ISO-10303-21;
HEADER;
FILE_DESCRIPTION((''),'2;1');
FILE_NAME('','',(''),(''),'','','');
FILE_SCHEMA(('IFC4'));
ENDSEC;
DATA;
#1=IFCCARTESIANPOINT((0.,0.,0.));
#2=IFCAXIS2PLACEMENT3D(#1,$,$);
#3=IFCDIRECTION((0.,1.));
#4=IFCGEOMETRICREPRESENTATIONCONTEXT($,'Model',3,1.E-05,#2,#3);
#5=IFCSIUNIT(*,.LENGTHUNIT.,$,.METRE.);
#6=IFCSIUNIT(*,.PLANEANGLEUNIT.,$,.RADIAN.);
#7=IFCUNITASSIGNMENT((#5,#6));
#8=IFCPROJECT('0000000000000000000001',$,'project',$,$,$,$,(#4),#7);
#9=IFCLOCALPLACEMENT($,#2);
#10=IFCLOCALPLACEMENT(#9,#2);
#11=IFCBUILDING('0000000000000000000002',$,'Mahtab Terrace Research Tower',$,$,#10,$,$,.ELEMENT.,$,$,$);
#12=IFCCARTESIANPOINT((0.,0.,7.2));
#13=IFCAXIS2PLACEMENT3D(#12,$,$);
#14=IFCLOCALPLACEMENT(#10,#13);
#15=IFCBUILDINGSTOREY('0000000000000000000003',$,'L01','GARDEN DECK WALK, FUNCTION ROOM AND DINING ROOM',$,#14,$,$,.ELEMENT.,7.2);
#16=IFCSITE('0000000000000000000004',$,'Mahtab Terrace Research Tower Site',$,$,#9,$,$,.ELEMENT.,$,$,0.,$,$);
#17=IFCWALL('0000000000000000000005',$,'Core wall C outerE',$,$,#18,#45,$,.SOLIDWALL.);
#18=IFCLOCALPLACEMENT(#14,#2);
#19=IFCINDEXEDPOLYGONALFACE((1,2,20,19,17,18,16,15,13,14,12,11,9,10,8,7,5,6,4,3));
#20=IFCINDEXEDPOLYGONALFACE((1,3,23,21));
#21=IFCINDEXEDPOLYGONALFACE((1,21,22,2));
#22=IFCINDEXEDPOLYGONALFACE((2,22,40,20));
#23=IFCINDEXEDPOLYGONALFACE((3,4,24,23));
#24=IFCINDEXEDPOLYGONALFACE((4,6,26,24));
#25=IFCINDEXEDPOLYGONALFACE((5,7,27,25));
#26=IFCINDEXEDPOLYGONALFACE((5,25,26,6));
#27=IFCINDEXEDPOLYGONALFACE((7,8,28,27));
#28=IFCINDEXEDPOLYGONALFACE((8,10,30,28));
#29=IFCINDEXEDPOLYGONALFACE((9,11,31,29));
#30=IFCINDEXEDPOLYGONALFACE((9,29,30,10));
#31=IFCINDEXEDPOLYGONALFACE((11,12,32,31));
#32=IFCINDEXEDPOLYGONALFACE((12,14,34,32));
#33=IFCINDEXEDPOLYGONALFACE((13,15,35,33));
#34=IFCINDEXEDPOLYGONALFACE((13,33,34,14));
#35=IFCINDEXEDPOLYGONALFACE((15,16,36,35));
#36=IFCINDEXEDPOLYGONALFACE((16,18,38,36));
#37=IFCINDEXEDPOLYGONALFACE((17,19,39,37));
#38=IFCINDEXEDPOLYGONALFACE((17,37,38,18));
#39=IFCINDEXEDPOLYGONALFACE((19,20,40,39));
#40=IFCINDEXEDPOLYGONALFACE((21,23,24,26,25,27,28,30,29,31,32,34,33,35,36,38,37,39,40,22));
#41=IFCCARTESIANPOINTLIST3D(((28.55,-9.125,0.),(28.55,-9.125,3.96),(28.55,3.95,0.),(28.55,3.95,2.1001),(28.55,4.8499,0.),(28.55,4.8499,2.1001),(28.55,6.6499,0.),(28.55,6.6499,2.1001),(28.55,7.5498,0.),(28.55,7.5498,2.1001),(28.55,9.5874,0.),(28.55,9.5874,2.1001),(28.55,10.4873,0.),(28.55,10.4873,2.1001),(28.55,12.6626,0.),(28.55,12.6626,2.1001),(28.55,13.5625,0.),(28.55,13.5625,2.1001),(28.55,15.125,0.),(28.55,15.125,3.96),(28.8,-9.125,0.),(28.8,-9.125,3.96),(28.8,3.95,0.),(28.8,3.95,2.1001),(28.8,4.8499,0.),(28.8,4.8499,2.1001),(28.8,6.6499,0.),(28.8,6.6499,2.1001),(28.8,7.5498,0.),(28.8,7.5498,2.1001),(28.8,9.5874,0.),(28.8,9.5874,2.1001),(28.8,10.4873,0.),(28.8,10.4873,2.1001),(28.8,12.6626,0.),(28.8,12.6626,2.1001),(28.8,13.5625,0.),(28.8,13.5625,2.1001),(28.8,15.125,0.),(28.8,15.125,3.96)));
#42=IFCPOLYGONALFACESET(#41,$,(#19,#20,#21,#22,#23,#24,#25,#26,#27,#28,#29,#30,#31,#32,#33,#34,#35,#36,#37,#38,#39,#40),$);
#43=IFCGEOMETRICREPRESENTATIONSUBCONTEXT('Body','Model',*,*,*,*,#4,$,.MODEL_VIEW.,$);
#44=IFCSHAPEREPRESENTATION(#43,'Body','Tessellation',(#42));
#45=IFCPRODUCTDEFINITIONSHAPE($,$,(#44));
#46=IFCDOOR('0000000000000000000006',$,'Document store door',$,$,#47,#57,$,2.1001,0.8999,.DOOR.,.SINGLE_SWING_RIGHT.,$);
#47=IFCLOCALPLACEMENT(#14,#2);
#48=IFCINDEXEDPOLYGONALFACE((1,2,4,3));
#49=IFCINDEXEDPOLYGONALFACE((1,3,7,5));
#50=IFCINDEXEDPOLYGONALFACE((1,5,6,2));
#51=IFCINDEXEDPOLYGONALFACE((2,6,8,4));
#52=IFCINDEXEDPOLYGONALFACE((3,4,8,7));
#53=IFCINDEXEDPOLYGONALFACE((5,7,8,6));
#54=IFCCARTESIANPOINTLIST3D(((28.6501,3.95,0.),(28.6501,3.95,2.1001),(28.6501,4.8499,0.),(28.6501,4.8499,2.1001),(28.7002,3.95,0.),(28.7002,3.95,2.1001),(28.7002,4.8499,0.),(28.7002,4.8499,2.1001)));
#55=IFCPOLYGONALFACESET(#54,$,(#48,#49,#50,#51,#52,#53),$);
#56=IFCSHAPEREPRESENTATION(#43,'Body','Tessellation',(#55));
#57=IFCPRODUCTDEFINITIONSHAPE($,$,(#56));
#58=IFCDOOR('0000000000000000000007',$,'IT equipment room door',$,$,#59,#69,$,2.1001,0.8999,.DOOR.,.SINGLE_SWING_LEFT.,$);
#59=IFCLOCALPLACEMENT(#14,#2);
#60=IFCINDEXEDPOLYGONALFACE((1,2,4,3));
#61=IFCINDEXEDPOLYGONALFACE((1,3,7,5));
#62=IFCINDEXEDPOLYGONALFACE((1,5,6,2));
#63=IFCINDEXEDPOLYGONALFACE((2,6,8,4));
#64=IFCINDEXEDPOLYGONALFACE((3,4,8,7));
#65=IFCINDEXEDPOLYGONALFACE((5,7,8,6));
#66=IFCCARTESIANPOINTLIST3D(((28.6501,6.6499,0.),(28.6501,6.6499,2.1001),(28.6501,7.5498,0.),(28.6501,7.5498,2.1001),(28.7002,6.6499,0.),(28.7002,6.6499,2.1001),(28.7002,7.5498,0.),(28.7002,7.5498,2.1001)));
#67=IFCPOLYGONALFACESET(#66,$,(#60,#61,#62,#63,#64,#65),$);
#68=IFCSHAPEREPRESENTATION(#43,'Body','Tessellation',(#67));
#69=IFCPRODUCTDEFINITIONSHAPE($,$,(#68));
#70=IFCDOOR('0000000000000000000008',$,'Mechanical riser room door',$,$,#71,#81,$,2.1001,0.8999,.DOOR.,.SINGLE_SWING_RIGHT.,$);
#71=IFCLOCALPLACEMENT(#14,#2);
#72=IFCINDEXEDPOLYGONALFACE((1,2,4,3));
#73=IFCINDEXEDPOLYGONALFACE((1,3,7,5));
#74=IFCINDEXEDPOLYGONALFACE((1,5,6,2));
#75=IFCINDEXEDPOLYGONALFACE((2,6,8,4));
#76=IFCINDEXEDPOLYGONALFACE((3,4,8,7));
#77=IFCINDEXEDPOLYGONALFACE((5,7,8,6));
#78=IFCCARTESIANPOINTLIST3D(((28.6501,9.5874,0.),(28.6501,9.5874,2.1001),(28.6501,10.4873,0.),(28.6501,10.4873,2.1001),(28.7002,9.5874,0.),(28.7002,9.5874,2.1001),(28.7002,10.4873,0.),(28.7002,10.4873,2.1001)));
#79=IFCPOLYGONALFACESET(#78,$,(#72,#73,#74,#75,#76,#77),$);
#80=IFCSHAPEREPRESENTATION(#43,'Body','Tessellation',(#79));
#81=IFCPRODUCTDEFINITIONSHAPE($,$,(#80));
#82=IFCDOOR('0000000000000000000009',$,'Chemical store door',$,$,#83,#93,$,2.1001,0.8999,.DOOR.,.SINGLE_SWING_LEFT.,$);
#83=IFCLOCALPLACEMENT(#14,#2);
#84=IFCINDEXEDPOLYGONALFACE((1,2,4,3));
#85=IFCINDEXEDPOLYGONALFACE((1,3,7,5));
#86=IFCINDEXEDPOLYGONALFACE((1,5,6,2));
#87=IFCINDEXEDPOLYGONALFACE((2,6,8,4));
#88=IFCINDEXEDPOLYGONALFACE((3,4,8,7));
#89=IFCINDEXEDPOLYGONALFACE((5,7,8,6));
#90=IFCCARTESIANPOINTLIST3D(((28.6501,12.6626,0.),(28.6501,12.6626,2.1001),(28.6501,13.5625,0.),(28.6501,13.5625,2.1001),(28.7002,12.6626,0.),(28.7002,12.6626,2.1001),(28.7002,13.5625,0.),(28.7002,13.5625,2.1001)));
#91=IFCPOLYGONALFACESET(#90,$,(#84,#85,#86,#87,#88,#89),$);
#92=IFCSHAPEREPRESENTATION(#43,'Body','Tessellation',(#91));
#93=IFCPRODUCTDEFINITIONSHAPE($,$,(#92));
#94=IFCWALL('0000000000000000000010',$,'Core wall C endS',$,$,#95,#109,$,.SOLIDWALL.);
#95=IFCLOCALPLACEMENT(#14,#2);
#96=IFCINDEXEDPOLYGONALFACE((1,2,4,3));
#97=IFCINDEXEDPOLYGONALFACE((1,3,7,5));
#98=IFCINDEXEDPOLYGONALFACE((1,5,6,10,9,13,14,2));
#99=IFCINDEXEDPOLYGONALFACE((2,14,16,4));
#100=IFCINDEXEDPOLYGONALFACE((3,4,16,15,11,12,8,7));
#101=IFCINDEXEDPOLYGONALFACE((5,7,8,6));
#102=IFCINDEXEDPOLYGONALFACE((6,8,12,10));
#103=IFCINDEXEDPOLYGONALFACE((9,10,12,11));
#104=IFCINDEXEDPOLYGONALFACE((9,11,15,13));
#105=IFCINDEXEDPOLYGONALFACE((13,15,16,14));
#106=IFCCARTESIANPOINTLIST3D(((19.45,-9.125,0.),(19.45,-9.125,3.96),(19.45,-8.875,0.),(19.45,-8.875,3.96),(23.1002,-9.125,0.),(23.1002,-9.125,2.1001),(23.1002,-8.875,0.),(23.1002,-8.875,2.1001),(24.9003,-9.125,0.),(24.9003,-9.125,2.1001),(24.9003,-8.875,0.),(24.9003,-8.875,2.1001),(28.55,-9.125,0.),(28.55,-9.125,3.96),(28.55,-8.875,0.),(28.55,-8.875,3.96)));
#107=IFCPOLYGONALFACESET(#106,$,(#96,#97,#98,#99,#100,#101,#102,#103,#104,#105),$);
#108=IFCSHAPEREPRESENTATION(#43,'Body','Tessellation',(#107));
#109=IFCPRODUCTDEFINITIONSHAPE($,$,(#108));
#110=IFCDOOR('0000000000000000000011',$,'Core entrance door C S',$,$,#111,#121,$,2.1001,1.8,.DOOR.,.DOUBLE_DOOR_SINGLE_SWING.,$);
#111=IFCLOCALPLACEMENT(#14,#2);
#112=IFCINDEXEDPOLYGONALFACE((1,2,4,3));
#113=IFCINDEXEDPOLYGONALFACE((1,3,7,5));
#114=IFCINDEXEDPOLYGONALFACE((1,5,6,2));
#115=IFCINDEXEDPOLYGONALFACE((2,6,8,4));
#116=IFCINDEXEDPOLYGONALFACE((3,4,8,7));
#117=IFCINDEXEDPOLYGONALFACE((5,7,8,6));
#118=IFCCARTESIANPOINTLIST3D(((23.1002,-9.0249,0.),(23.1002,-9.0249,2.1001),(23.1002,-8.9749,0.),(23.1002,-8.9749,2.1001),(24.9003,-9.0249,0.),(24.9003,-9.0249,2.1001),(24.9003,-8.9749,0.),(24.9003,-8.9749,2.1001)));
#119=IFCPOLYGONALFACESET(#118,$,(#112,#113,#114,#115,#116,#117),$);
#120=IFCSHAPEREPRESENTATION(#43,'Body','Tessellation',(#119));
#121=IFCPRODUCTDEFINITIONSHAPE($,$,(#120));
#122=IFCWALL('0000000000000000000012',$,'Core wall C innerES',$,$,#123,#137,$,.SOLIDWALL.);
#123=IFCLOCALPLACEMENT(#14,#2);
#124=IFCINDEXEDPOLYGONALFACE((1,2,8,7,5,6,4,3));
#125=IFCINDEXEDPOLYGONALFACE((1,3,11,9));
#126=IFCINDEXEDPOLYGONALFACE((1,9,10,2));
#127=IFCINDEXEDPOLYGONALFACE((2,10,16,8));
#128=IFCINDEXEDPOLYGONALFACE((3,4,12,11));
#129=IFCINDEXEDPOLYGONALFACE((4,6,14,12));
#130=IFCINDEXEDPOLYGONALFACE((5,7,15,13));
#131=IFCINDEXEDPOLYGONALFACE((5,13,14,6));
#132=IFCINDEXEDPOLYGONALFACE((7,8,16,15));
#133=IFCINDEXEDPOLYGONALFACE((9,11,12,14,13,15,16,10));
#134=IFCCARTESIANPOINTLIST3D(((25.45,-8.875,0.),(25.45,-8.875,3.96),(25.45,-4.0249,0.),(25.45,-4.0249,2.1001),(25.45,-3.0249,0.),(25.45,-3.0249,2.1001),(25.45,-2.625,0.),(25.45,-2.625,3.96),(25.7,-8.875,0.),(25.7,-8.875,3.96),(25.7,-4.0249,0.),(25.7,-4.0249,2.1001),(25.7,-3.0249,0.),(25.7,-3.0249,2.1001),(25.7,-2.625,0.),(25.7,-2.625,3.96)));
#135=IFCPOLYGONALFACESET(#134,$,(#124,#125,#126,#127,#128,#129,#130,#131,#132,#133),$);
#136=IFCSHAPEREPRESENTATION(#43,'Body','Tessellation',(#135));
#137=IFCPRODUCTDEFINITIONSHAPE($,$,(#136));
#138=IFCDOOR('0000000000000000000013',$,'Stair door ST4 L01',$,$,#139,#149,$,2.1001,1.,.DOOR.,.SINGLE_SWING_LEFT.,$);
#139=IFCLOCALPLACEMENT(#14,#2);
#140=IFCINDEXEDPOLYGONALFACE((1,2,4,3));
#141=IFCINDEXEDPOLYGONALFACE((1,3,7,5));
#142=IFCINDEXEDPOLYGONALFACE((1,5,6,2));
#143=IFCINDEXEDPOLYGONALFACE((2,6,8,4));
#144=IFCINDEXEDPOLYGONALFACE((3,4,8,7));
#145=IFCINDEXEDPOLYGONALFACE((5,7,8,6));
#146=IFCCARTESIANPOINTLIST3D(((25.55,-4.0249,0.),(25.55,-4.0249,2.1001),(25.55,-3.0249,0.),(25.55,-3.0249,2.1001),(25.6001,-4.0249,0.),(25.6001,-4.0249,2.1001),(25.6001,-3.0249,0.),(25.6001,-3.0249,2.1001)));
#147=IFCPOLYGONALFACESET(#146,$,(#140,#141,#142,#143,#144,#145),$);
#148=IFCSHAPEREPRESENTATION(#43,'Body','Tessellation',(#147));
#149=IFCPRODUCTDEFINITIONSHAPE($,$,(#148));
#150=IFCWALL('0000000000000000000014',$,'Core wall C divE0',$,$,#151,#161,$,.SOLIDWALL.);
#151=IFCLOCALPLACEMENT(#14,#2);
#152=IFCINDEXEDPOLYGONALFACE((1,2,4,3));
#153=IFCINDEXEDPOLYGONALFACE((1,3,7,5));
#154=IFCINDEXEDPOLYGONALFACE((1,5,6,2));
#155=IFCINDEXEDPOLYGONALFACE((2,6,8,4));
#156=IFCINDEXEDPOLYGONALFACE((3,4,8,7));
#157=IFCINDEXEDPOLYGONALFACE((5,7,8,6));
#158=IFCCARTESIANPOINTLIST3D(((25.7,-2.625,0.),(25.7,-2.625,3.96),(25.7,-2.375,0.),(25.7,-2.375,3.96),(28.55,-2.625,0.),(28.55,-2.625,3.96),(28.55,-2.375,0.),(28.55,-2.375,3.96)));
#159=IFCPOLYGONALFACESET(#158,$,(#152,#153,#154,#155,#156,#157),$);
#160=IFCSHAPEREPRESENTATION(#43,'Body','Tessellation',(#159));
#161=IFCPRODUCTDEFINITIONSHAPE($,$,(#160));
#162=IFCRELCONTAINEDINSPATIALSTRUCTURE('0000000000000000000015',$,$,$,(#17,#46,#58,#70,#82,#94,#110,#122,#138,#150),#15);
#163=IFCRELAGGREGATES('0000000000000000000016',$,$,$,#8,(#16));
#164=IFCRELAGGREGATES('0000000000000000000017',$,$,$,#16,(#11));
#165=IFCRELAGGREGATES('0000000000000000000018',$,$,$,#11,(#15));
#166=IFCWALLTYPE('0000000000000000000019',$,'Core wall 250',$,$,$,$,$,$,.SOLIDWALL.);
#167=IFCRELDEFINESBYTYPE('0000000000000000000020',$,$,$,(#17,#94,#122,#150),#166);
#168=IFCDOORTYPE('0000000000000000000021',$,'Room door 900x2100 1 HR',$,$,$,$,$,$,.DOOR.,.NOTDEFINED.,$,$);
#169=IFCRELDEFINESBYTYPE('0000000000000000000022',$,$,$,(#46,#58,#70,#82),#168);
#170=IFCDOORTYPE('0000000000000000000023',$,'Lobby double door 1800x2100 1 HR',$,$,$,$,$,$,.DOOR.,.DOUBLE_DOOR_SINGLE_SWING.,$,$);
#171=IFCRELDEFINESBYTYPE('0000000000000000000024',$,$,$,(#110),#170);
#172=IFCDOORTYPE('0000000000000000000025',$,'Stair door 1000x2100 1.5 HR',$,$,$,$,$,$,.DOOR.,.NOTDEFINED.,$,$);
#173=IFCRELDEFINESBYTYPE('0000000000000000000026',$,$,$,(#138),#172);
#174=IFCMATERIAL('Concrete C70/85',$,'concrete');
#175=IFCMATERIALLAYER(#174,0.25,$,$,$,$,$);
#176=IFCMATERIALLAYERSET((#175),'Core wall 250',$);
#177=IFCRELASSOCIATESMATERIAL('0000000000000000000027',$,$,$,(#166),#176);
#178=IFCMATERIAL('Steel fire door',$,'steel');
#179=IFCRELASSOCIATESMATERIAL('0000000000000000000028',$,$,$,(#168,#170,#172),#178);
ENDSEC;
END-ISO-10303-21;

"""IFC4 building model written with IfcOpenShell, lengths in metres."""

from ifc_helpers import new_model, si_unit, direction, frame, frame_2d, origin, place, context, subcontext, project, spatial, rectangle, extrude, material, layer, layer_set, type_object, element, fill, save


model = new_model("IFC4")

# Units and contexts
model_context = context("Model", 3, precision=1e-05, world=origin(), true_north=direction((0.0, 1.0)))
body_context = subcontext(model_context, "Body", "Model", "MODEL_VIEW")
ifc_project = project(units=[si_unit("LENGTHUNIT", "METRE"), si_unit("PLANEANGLEUNIT", "RADIAN")], contexts=[model_context])

# Site, building, storey
site_placement = place(None, origin())
site = spatial("IfcSite", under=ifc_project, at=site_placement, Name="Mahtab Terrace Research Tower Site", CompositionType="ELEMENT", RefElevation=0.0)
building_placement = place(site_placement, origin())
building = spatial("IfcBuilding", under=site, at=building_placement, Name="Mahtab Terrace Research Tower", CompositionType="ELEMENT")
storey_placement = place(building_placement, frame((0.0, 0.0, 7.2)))
storey = spatial("IfcBuildingStorey", under=building, at=storey_placement, Name="L01", Description="GARDEN DECK WALK, FUNCTION ROOM AND DINING ROOM", CompositionType="ELEMENT", Elevation=7.2)

# Wall, openings, doors
ifc_material_1 = material(Name="Concrete C70/85", Category="concrete")
ifc_layer_1 = layer(ifc_material_1, 0.25)
ifc_layer_set_1 = layer_set([ifc_layer_1], Name="Core wall 250")
wall_type_1 = type_object("IfcWallType", Name="Core wall 250", PredefinedType="SOLIDWALL", material=ifc_layer_set_1)
wall_1_placement = place(storey_placement, frame((28.675, -9.125, 0.0), z_axis=(0.0, 0.0, 1.0), x_axis=(0.0, 1.0, 0.0)))
wall_1 = element("IfcWall", 1, at=wall_1_placement, inside=storey, type_object=wall_type_1, Name="Core wall C outerE", PredefinedType="SOLIDWALL", context=body_context, shape_type="SweptSolid", body=[
    extrude(rectangle(XDim=24.25, YDim=0.25, at=frame_2d((12.125, 0.0))), origin(), (0.0, 0.0, 1.0), 3.96),
])
opening_1_placement = place(wall_1_placement, frame((13.075, 0.0, 0.0)))
opening_1 = element("IfcOpeningElement", 2, at=opening_1_placement, cuts=wall_1, PredefinedType="OPENING", context=body_context, shape_type="SweptSolid", body=[
    extrude(rectangle(XDim=0.8999, YDim=2.1001, at=frame_2d((0.45, 1.05))), frame((0.0, 0.135, 0.0), z_axis=(0.0, -1.0, 0.0), x_axis=(1.0, 0.0, 0.0)), (0.0, 0.0, 1.0), 0.27),
])
opening_2_placement = place(wall_1_placement, frame((15.7749, 0.0, 0.0)))
opening_2 = element("IfcOpeningElement", 3, at=opening_2_placement, cuts=wall_1, PredefinedType="OPENING", context=body_context, shape_type="SweptSolid", body=[
    extrude(rectangle(XDim=0.8999, YDim=2.1001, at=frame_2d((0.45, 1.05))), frame((0.0, 0.135, 0.0), z_axis=(0.0, -1.0, 0.0), x_axis=(1.0, 0.0, 0.0)), (0.0, 0.0, 1.0), 0.27),
])
opening_3_placement = place(wall_1_placement, frame((18.7124, 0.0, 0.0)))
opening_3 = element("IfcOpeningElement", 4, at=opening_3_placement, cuts=wall_1, PredefinedType="OPENING", context=body_context, shape_type="SweptSolid", body=[
    extrude(rectangle(XDim=0.8999, YDim=2.1001, at=frame_2d((0.45, 1.05))), frame((0.0, 0.135, 0.0), z_axis=(0.0, -1.0, 0.0), x_axis=(1.0, 0.0, 0.0)), (0.0, 0.0, 1.0), 0.27),
])
opening_4_placement = place(wall_1_placement, frame((21.7876, 0.0, 0.0)))
opening_4 = element("IfcOpeningElement", 5, at=opening_4_placement, cuts=wall_1, PredefinedType="OPENING", context=body_context, shape_type="SweptSolid", body=[
    extrude(rectangle(XDim=0.8999, YDim=2.1001, at=frame_2d((0.45, 1.05))), frame((0.0, 0.135, 0.0), z_axis=(0.0, -1.0, 0.0), x_axis=(1.0, 0.0, 0.0)), (0.0, 0.0, 1.0), 0.27),
])
ifc_material_2 = material(Name="Steel fire door", Category="steel")
door_type_1 = type_object("IfcDoorType", Name="Room door 900x2100 1 HR", OperationType="NOTDEFINED", PredefinedType="DOOR", material=ifc_material_2)
door_1_placement = place(opening_1_placement, origin())
door_1 = element("IfcDoor", 6, at=door_1_placement, inside=storey, type_object=door_type_1, Name="Document store door", OperationType="SINGLE_SWING_RIGHT", OverallHeight=2.1001, OverallWidth=0.8999, PredefinedType="DOOR", context=body_context, shape_type="SweptSolid", body=[
    extrude(rectangle(XDim=0.8999, YDim=2.1001, at=frame_2d((0.45, 1.05))), frame((0.0, 0.0249, 0.0), z_axis=(0.0, -1.0, 0.0), x_axis=(1.0, 0.0, 0.0)), (0.0, 0.0, 1.0), 0.05),
])
fill(opening_1, door_1)
door_2_placement = place(opening_2_placement, origin())
door_2 = element("IfcDoor", 7, at=door_2_placement, inside=storey, type_object=door_type_1, Name="IT equipment room door", OperationType="SINGLE_SWING_LEFT", OverallHeight=2.1001, OverallWidth=0.8999, PredefinedType="DOOR", context=body_context, shape_type="SweptSolid", body=[
    extrude(rectangle(XDim=0.8999, YDim=2.1001, at=frame_2d((0.45, 1.05))), frame((0.0, 0.0249, 0.0), z_axis=(0.0, -1.0, 0.0), x_axis=(1.0, 0.0, 0.0)), (0.0, 0.0, 1.0), 0.05),
])
fill(opening_2, door_2)
door_3_placement = place(opening_3_placement, origin())
door_3 = element("IfcDoor", 8, at=door_3_placement, inside=storey, type_object=door_type_1, Name="Mechanical riser room door", OperationType="SINGLE_SWING_RIGHT", OverallHeight=2.1001, OverallWidth=0.8999, PredefinedType="DOOR", context=body_context, shape_type="SweptSolid", body=[
    extrude(rectangle(XDim=0.8999, YDim=2.1001, at=frame_2d((0.45, 1.05))), frame((0.0, 0.0249, 0.0), z_axis=(0.0, -1.0, 0.0), x_axis=(1.0, 0.0, 0.0)), (0.0, 0.0, 1.0), 0.05),
])
fill(opening_3, door_3)
door_4_placement = place(opening_4_placement, origin())
door_4 = element("IfcDoor", 9, at=door_4_placement, inside=storey, type_object=door_type_1, Name="Chemical store door", OperationType="SINGLE_SWING_LEFT", OverallHeight=2.1001, OverallWidth=0.8999, PredefinedType="DOOR", context=body_context, shape_type="SweptSolid", body=[
    extrude(rectangle(XDim=0.8999, YDim=2.1001, at=frame_2d((0.45, 1.05))), frame((0.0, 0.0249, 0.0), z_axis=(0.0, -1.0, 0.0), x_axis=(1.0, 0.0, 0.0)), (0.0, 0.0, 1.0), 0.05),
])
fill(opening_4, door_4)

# Walls, openings, doors
wall_2_placement = place(storey_placement, frame((28.55, -9.0, 0.0), z_axis=(0.0, 0.0, 1.0), x_axis=(-1.0, 0.0, 0.0)))
wall_2 = element("IfcWall", 10, at=wall_2_placement, inside=storey, type_object=wall_type_1, Name="Core wall C endS", PredefinedType="SOLIDWALL", context=body_context, shape_type="SweptSolid", body=[
    extrude(rectangle(XDim=9.1001, YDim=0.25, at=frame_2d((4.55, 0.0))), origin(), (0.0, 0.0, 1.0), 3.96),
])
opening_5_placement = place(wall_2_placement, frame((3.6499, 0.0, 0.0)))
opening_5 = element("IfcOpeningElement", 11, at=opening_5_placement, cuts=wall_2, PredefinedType="OPENING", context=body_context, shape_type="SweptSolid", body=[
    extrude(rectangle(XDim=1.8, YDim=2.1001, at=frame_2d((0.8999, 1.05))), frame((0.0, 0.135, 0.0), z_axis=(0.0, -1.0, 0.0), x_axis=(1.0, 0.0, 0.0)), (0.0, 0.0, 1.0), 0.27),
])
door_type_2 = type_object("IfcDoorType", Name="Lobby double door 1800x2100 1 HR", OperationType="DOUBLE_DOOR_SINGLE_SWING", PredefinedType="DOOR", material=ifc_material_2)
door_5_placement = place(opening_5_placement, origin())
door_5 = element("IfcDoor", 12, at=door_5_placement, inside=storey, type_object=door_type_2, Name="Core entrance door C S", OperationType="DOUBLE_DOOR_SINGLE_SWING", OverallHeight=2.1001, OverallWidth=1.8, PredefinedType="DOOR", context=body_context, shape_type="SweptSolid", body=[
    extrude(rectangle(XDim=1.8, YDim=2.1001, at=frame_2d((0.8999, 1.05))), frame((0.0, 0.0249, 0.0), z_axis=(0.0, -1.0, 0.0), x_axis=(1.0, 0.0, 0.0)), (0.0, 0.0, 1.0), 0.05),
])
fill(opening_5, door_5)
wall_3_placement = place(storey_placement, frame((25.575, -8.875, 0.0), z_axis=(0.0, 0.0, 1.0), x_axis=(0.0, 1.0, 0.0)))
wall_3 = element("IfcWall", 13, at=wall_3_placement, inside=storey, type_object=wall_type_1, Name="Core wall C innerES", PredefinedType="SOLIDWALL", context=body_context, shape_type="SweptSolid", body=[
    extrude(rectangle(XDim=6.25, YDim=0.25, at=frame_2d((3.125, 0.0))), origin(), (0.0, 0.0, 1.0), 3.96),
])
opening_6_placement = place(wall_3_placement, frame((4.8501, 0.0, 0.0)))
opening_6 = element("IfcOpeningElement", 14, at=opening_6_placement, cuts=wall_3, PredefinedType="OPENING", context=body_context, shape_type="SweptSolid", body=[
    extrude(rectangle(XDim=1.0, YDim=2.1001, at=frame_2d((0.5, 1.05))), frame((0.0, 0.135, 0.0), z_axis=(0.0, -1.0, 0.0), x_axis=(1.0, 0.0, 0.0)), (0.0, 0.0, 1.0), 0.27),
])
door_type_3 = type_object("IfcDoorType", Name="Stair door 1000x2100 1.5 HR", OperationType="NOTDEFINED", PredefinedType="DOOR", material=ifc_material_2)
door_6_placement = place(opening_6_placement, origin())
door_6 = element("IfcDoor", 15, at=door_6_placement, inside=storey, type_object=door_type_3, Name="Stair door ST4 L01", OperationType="SINGLE_SWING_LEFT", OverallHeight=2.1001, OverallWidth=1.0, PredefinedType="DOOR", context=body_context, shape_type="SweptSolid", body=[
    extrude(rectangle(XDim=1.0, YDim=2.1001, at=frame_2d((0.5, 1.05))), frame((0.0, 0.0249, 0.0), z_axis=(0.0, -1.0, 0.0), x_axis=(1.0, 0.0, 0.0)), (0.0, 0.0, 1.0), 0.05),
])
fill(opening_6, door_6)

# Wall
wall_4_placement = place(storey_placement, frame((25.7, -2.5, 0.0), z_axis=(0.0, 0.0, 1.0), x_axis=(1.0, 0.0, 0.0)))
element("IfcWall", 16, at=wall_4_placement, inside=storey, type_object=wall_type_1, Name="Core wall C divE0", PredefinedType="SOLIDWALL", context=body_context, shape_type="SweptSolid", body=[
    extrude(rectangle(XDim=2.8501, YDim=0.25, at=frame_2d((1.425, 0.0))), origin(), (0.0, 0.0, 1.0), 3.96),
])

save(model, "model.ifc")
